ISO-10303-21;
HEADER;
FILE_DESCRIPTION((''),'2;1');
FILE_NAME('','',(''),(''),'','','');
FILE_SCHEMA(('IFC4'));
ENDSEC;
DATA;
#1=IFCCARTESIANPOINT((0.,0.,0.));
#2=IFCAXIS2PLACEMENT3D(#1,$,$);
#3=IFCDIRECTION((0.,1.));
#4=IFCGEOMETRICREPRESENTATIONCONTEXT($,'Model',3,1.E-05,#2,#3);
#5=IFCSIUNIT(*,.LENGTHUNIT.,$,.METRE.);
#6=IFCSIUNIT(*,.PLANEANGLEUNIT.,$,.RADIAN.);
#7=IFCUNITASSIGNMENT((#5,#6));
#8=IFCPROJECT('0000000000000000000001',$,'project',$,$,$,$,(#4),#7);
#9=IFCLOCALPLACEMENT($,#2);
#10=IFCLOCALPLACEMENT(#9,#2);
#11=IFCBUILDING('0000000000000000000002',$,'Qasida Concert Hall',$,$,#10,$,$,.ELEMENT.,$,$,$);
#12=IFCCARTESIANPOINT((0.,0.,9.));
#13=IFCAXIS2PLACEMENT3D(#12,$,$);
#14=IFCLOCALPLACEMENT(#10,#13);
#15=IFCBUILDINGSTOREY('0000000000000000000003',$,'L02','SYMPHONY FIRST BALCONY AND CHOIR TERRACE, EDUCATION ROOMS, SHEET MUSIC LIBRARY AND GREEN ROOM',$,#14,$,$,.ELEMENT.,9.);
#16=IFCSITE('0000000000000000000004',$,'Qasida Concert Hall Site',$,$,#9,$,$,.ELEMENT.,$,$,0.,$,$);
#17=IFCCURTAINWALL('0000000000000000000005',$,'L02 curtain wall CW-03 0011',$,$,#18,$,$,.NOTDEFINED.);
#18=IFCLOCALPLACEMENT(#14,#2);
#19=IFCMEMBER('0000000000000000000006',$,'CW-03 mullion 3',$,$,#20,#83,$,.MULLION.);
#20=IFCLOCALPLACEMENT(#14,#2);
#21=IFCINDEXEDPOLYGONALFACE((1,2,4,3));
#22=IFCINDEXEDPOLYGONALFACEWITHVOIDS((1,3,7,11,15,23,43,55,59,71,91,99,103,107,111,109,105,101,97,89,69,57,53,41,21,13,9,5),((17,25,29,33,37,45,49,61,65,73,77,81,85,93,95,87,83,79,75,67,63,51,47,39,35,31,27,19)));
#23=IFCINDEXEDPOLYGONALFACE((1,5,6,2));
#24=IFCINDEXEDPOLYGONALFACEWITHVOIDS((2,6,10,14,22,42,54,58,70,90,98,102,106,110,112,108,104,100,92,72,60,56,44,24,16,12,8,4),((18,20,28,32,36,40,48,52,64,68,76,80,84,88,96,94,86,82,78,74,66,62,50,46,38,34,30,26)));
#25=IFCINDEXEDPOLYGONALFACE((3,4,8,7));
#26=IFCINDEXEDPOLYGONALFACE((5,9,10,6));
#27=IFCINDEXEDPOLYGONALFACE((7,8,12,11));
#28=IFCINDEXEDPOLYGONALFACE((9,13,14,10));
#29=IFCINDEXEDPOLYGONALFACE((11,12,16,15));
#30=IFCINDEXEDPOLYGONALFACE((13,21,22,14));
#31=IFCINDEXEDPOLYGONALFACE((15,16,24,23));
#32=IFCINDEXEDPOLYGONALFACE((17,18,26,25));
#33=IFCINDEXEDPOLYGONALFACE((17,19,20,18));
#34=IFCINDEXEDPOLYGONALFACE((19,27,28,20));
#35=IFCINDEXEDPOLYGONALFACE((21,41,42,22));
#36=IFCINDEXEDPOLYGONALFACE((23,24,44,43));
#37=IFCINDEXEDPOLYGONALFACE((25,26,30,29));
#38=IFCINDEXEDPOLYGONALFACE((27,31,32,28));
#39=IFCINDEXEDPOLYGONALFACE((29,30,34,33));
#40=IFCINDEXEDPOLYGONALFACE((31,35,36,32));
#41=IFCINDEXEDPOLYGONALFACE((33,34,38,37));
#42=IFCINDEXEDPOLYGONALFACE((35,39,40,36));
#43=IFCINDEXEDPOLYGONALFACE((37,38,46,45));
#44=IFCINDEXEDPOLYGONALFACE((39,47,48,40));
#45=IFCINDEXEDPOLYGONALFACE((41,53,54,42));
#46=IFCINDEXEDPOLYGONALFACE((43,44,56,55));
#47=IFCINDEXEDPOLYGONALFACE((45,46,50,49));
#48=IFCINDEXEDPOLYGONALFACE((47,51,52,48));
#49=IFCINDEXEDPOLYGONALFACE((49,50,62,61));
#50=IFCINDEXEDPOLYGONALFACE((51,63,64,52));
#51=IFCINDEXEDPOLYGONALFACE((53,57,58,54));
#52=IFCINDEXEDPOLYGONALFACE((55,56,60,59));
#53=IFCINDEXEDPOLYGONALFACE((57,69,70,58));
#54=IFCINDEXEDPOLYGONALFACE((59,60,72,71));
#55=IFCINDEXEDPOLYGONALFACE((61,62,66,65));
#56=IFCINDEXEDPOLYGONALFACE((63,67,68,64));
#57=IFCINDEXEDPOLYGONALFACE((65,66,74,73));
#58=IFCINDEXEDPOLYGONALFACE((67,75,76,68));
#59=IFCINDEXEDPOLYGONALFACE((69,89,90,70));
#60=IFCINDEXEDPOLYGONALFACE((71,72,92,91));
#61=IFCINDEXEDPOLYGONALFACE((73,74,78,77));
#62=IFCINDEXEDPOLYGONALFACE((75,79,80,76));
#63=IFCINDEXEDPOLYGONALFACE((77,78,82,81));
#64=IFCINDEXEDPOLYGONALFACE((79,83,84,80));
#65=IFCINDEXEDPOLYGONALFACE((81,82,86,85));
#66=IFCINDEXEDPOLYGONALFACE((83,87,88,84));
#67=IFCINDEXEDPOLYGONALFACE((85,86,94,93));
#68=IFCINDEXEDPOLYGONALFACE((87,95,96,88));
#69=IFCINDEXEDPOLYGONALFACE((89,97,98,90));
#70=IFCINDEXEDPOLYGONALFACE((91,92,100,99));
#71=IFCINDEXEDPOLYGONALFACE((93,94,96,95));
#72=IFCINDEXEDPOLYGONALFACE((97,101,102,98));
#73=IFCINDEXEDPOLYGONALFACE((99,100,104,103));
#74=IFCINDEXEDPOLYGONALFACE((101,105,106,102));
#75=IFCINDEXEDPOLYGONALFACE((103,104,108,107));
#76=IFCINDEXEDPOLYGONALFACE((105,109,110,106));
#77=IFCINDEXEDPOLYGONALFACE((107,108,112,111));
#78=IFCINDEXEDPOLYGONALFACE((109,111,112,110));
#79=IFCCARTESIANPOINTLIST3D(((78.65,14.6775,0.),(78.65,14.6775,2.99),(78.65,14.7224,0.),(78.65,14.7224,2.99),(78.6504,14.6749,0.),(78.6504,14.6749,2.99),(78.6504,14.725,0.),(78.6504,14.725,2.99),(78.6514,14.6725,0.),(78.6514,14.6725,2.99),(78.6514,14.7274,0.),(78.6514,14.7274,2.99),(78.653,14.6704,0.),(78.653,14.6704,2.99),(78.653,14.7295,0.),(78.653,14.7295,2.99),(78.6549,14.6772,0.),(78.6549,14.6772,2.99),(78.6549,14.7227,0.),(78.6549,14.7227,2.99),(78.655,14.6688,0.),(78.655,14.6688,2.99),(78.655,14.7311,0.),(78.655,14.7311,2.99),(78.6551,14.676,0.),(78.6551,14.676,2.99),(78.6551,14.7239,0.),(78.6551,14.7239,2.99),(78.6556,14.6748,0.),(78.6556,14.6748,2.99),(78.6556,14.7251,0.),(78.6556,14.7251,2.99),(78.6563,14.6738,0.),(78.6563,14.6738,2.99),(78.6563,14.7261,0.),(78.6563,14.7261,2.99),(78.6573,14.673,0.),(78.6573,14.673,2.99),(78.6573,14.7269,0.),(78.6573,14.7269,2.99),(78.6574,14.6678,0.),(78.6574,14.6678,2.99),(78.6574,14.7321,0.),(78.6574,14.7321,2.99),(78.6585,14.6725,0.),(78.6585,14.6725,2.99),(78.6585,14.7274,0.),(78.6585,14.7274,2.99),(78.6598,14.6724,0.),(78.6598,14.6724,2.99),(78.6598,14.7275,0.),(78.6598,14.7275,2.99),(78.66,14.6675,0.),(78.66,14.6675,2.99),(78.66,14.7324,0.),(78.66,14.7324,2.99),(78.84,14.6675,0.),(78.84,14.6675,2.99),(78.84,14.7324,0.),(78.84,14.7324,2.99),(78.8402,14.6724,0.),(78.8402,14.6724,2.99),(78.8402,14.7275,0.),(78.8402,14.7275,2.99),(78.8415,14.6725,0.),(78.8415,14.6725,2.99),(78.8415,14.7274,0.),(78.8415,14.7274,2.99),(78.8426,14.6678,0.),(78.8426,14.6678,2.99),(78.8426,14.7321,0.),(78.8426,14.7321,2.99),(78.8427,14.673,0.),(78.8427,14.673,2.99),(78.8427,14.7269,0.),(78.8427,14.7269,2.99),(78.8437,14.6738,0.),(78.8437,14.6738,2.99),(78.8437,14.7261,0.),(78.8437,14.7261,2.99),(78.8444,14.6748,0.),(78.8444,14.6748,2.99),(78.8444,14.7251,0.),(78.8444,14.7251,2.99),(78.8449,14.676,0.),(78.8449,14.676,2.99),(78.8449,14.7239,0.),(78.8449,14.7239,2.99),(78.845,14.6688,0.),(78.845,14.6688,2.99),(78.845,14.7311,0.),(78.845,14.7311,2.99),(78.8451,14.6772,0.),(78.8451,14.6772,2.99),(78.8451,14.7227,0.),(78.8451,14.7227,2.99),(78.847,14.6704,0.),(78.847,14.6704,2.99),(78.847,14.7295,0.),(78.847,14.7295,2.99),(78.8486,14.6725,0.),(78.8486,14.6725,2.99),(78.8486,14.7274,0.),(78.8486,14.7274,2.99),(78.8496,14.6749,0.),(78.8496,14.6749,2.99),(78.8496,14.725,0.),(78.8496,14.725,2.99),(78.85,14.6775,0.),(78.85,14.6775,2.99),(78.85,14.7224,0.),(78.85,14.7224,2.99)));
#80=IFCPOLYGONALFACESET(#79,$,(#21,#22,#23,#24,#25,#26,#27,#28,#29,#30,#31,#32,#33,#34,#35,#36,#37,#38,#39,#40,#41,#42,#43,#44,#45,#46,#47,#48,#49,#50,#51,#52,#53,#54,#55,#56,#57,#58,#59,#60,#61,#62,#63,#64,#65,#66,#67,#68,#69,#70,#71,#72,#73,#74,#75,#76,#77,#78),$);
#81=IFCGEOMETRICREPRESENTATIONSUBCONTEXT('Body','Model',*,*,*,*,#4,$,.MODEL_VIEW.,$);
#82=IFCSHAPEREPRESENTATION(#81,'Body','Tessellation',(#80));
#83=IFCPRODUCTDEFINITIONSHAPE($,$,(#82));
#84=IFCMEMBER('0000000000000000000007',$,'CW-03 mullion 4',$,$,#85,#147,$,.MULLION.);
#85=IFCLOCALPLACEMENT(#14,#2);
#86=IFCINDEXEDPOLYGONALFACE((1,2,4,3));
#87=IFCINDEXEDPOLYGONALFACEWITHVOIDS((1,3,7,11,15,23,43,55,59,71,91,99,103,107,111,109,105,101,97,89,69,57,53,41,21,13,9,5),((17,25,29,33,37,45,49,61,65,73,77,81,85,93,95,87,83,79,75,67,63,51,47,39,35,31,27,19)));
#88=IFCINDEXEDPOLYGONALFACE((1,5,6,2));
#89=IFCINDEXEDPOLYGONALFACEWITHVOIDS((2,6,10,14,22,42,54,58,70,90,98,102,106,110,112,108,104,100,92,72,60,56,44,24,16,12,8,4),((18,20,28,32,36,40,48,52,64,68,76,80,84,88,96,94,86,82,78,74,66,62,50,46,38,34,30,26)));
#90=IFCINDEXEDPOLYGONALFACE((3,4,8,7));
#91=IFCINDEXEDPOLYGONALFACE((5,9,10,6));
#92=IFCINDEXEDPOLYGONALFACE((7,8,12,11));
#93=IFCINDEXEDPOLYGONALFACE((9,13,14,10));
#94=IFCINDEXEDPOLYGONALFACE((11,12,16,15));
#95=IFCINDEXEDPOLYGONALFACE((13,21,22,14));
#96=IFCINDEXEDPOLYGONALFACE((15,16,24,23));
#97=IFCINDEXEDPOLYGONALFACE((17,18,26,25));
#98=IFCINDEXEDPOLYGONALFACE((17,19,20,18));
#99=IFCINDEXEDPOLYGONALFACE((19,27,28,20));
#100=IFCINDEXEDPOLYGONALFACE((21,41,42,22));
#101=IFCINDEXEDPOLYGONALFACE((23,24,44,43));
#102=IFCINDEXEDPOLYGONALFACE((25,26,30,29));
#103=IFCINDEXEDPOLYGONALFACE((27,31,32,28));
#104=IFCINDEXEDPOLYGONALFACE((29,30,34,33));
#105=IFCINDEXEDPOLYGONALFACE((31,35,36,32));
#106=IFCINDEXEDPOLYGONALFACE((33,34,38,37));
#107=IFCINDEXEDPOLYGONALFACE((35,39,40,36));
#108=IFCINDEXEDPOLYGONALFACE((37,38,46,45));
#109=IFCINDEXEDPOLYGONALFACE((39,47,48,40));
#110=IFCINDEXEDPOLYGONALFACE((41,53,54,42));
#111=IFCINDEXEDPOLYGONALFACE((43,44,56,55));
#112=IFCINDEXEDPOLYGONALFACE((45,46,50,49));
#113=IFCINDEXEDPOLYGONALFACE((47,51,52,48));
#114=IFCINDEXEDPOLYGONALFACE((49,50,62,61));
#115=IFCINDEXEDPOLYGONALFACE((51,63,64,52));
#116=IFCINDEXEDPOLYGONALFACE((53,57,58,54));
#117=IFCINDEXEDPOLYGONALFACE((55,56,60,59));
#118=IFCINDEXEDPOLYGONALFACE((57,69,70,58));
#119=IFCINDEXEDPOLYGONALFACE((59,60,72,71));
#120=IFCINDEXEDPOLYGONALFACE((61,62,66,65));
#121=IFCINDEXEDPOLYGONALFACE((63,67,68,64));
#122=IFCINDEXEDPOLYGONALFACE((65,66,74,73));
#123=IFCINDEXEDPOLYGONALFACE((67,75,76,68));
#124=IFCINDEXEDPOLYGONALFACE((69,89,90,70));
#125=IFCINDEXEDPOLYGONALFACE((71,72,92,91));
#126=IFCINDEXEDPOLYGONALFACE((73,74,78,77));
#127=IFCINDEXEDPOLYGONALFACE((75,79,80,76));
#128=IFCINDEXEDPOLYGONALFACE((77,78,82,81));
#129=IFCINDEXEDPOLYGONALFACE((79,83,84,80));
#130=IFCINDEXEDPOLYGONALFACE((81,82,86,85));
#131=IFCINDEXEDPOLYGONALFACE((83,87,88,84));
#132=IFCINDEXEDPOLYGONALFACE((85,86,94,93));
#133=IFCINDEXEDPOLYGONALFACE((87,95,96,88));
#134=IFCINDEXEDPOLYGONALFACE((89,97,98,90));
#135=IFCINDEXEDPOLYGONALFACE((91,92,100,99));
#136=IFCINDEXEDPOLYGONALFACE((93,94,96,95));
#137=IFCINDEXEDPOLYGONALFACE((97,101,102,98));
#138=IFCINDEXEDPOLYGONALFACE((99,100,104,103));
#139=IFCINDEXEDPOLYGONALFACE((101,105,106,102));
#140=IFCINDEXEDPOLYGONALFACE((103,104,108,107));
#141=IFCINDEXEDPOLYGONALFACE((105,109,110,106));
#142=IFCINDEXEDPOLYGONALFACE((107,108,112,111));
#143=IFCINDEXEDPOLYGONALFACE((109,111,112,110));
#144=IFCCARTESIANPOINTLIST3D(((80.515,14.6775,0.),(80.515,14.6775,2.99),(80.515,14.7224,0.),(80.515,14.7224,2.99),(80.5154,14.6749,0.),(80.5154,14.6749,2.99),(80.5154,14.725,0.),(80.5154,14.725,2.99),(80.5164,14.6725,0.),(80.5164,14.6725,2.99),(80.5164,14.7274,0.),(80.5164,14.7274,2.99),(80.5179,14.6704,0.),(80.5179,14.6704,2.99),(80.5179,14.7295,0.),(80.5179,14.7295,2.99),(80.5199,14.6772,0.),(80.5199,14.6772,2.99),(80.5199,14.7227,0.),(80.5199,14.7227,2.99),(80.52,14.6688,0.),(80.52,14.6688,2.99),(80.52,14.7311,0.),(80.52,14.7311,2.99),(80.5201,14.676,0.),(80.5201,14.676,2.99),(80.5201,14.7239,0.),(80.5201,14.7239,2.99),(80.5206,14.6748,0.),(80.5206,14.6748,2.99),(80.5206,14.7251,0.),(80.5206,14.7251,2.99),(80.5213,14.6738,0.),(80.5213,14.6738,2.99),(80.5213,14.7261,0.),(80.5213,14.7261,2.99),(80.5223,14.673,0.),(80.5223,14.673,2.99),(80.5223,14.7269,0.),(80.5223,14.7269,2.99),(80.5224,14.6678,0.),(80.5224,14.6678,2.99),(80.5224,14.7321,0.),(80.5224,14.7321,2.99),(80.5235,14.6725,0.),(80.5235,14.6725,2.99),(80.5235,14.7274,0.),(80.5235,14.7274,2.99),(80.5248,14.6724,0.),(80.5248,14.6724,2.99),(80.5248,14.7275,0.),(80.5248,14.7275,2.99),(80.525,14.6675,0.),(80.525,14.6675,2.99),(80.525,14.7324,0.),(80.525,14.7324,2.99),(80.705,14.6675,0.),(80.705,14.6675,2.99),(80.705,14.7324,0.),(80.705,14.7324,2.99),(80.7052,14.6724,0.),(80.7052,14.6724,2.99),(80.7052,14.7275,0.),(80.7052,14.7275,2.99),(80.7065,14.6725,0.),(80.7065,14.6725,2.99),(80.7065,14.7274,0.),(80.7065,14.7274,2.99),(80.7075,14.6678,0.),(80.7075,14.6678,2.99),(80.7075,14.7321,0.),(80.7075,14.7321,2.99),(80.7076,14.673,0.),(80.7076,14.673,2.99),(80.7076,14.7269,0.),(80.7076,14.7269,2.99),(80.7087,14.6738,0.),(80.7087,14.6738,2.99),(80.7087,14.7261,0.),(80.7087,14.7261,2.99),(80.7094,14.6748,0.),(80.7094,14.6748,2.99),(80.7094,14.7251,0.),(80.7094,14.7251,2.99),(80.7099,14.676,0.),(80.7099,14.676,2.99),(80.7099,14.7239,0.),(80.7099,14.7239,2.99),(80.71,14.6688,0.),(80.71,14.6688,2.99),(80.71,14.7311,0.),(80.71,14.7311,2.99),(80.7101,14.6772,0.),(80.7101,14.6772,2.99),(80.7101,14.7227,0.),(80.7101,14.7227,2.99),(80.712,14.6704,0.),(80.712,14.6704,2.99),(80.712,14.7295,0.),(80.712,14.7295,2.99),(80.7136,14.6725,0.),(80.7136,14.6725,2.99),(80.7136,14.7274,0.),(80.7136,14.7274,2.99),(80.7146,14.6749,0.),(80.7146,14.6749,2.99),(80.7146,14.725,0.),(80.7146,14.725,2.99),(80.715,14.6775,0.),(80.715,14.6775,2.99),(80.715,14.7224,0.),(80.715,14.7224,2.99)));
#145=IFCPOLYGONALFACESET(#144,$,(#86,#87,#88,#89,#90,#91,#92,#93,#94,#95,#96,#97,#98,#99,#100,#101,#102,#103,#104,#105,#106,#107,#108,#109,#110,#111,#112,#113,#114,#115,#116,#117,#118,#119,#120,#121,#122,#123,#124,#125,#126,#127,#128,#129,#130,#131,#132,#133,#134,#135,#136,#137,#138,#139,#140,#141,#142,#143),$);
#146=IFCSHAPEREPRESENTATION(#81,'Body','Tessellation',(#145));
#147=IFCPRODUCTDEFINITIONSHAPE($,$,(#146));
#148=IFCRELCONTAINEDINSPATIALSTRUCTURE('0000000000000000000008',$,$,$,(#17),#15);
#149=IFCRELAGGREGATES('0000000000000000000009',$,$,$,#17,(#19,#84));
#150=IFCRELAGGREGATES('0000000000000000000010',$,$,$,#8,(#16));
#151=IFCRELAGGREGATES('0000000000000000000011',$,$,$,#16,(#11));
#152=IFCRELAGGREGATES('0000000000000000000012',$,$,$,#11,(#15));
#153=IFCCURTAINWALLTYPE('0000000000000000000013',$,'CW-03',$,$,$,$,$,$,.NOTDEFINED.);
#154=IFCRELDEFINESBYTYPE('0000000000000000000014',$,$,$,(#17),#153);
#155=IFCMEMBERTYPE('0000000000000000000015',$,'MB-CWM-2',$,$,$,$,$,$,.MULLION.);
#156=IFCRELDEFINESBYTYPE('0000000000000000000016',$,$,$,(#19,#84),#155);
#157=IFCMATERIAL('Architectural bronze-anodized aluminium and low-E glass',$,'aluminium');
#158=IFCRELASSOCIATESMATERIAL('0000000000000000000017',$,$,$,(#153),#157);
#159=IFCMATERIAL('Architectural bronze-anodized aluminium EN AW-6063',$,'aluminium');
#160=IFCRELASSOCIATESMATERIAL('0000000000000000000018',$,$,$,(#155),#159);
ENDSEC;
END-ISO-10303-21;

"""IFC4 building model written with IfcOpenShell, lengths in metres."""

from ifc_helpers import new_model, si_unit, direction, frame, origin, origin_2d, place, context, subcontext, project, spatial, hollow_rectangle, extrude, material, material_profile, profile_set, type_object, element, aggregate, save


model = new_model("IFC4")

# Units and contexts
model_context = context("Model", 3, precision=1e-05, world=origin(), true_north=direction((0.0, 1.0)))
body_context = subcontext(model_context, "Body", "Model", "MODEL_VIEW")
ifc_project = project(units=[si_unit("LENGTHUNIT", "METRE"), si_unit("PLANEANGLEUNIT", "RADIAN")], contexts=[model_context])

# Site, building, storey
site_placement = place(None, origin())
site = spatial("IfcSite", under=ifc_project, at=site_placement, Name="Qasida Concert Hall Site", CompositionType="ELEMENT", RefElevation=0.0)
building_placement = place(site_placement, origin())
building = spatial("IfcBuilding", under=site, at=building_placement, Name="Qasida Concert Hall", CompositionType="ELEMENT")
storey_placement = place(building_placement, frame((0.0, 0.0, 9.0)))
storey = spatial("IfcBuildingStorey", under=building, at=storey_placement, Name="L02", Description="SYMPHONY FIRST BALCONY AND CHOIR TERRACE, EDUCATION ROOMS, SHEET MUSIC LIBRARY AND GREEN ROOM", CompositionType="ELEMENT", Elevation=9.0)

# Curtain wall, members
ifc_material_1 = material(Name="Architectural bronze-anodized aluminium and low-E glass", Category="aluminium")
curtain_wall_type = type_object("IfcCurtainWallType", Name="CW-03", PredefinedType="NOTDEFINED", material=ifc_material_1)
curtain_wall_placement = place(storey_placement, origin())
curtain_wall = element("IfcCurtainWall", 1, at=curtain_wall_placement, inside=storey, type_object=curtain_wall_type, Name="L02 curtain wall CW-03 0011", PredefinedType="NOTDEFINED")
ifc_material_2 = material(Name="Architectural bronze-anodized aluminium EN AW-6063", Category="aluminium")
ifc_material_profile_1 = material_profile(ifc_material_2, hollow_rectangle(XDim=0.0649, YDim=0.2, WallThickness=0.0049, InnerFilletRadius=0.0049, OuterFilletRadius=0.01, at=origin_2d()), Name="CWM 200x65x5")
ifc_profile_set_1 = profile_set([ifc_material_profile_1], Name="Architectural bronze-anodized aluminium EN AW-6063")
member_type_1 = type_object("IfcMemberType", Name="MB-CWM-2", PredefinedType="MULLION", material=ifc_profile_set_1)
member_1_placement = place(storey_placement, frame((78.75, 14.7, 0.0), z_axis=(0.0, 0.0, 1.0), x_axis=(0.0, 1.0, 0.0)))
member_1 = element("IfcMember", 2, at=member_1_placement, type_object=member_type_1, Name="CW-03 mullion 3", PredefinedType="MULLION", context=body_context, shape_type="SweptSolid", body=[
    extrude(hollow_rectangle(XDim=0.0649, YDim=0.2, WallThickness=0.0049, InnerFilletRadius=0.0049, OuterFilletRadius=0.01, at=origin_2d()), origin(), (0.0, 0.0, 1.0), 2.99),
])
member_2_placement = place(storey_placement, frame((80.615, 14.7, 0.0), z_axis=(0.0, 0.0, 1.0), x_axis=(0.0, 1.0, 0.0)))
member_2 = element("IfcMember", 3, at=member_2_placement, type_object=member_type_1, Name="CW-03 mullion 4", PredefinedType="MULLION", context=body_context, shape_type="SweptSolid", body=[
    extrude(hollow_rectangle(XDim=0.0649, YDim=0.2, WallThickness=0.0049, InnerFilletRadius=0.0049, OuterFilletRadius=0.01, at=origin_2d()), origin(), (0.0, 0.0, 1.0), 2.99),
])
aggregate(curtain_wall, [member_1, member_2])

save(model, "model.ifc")
